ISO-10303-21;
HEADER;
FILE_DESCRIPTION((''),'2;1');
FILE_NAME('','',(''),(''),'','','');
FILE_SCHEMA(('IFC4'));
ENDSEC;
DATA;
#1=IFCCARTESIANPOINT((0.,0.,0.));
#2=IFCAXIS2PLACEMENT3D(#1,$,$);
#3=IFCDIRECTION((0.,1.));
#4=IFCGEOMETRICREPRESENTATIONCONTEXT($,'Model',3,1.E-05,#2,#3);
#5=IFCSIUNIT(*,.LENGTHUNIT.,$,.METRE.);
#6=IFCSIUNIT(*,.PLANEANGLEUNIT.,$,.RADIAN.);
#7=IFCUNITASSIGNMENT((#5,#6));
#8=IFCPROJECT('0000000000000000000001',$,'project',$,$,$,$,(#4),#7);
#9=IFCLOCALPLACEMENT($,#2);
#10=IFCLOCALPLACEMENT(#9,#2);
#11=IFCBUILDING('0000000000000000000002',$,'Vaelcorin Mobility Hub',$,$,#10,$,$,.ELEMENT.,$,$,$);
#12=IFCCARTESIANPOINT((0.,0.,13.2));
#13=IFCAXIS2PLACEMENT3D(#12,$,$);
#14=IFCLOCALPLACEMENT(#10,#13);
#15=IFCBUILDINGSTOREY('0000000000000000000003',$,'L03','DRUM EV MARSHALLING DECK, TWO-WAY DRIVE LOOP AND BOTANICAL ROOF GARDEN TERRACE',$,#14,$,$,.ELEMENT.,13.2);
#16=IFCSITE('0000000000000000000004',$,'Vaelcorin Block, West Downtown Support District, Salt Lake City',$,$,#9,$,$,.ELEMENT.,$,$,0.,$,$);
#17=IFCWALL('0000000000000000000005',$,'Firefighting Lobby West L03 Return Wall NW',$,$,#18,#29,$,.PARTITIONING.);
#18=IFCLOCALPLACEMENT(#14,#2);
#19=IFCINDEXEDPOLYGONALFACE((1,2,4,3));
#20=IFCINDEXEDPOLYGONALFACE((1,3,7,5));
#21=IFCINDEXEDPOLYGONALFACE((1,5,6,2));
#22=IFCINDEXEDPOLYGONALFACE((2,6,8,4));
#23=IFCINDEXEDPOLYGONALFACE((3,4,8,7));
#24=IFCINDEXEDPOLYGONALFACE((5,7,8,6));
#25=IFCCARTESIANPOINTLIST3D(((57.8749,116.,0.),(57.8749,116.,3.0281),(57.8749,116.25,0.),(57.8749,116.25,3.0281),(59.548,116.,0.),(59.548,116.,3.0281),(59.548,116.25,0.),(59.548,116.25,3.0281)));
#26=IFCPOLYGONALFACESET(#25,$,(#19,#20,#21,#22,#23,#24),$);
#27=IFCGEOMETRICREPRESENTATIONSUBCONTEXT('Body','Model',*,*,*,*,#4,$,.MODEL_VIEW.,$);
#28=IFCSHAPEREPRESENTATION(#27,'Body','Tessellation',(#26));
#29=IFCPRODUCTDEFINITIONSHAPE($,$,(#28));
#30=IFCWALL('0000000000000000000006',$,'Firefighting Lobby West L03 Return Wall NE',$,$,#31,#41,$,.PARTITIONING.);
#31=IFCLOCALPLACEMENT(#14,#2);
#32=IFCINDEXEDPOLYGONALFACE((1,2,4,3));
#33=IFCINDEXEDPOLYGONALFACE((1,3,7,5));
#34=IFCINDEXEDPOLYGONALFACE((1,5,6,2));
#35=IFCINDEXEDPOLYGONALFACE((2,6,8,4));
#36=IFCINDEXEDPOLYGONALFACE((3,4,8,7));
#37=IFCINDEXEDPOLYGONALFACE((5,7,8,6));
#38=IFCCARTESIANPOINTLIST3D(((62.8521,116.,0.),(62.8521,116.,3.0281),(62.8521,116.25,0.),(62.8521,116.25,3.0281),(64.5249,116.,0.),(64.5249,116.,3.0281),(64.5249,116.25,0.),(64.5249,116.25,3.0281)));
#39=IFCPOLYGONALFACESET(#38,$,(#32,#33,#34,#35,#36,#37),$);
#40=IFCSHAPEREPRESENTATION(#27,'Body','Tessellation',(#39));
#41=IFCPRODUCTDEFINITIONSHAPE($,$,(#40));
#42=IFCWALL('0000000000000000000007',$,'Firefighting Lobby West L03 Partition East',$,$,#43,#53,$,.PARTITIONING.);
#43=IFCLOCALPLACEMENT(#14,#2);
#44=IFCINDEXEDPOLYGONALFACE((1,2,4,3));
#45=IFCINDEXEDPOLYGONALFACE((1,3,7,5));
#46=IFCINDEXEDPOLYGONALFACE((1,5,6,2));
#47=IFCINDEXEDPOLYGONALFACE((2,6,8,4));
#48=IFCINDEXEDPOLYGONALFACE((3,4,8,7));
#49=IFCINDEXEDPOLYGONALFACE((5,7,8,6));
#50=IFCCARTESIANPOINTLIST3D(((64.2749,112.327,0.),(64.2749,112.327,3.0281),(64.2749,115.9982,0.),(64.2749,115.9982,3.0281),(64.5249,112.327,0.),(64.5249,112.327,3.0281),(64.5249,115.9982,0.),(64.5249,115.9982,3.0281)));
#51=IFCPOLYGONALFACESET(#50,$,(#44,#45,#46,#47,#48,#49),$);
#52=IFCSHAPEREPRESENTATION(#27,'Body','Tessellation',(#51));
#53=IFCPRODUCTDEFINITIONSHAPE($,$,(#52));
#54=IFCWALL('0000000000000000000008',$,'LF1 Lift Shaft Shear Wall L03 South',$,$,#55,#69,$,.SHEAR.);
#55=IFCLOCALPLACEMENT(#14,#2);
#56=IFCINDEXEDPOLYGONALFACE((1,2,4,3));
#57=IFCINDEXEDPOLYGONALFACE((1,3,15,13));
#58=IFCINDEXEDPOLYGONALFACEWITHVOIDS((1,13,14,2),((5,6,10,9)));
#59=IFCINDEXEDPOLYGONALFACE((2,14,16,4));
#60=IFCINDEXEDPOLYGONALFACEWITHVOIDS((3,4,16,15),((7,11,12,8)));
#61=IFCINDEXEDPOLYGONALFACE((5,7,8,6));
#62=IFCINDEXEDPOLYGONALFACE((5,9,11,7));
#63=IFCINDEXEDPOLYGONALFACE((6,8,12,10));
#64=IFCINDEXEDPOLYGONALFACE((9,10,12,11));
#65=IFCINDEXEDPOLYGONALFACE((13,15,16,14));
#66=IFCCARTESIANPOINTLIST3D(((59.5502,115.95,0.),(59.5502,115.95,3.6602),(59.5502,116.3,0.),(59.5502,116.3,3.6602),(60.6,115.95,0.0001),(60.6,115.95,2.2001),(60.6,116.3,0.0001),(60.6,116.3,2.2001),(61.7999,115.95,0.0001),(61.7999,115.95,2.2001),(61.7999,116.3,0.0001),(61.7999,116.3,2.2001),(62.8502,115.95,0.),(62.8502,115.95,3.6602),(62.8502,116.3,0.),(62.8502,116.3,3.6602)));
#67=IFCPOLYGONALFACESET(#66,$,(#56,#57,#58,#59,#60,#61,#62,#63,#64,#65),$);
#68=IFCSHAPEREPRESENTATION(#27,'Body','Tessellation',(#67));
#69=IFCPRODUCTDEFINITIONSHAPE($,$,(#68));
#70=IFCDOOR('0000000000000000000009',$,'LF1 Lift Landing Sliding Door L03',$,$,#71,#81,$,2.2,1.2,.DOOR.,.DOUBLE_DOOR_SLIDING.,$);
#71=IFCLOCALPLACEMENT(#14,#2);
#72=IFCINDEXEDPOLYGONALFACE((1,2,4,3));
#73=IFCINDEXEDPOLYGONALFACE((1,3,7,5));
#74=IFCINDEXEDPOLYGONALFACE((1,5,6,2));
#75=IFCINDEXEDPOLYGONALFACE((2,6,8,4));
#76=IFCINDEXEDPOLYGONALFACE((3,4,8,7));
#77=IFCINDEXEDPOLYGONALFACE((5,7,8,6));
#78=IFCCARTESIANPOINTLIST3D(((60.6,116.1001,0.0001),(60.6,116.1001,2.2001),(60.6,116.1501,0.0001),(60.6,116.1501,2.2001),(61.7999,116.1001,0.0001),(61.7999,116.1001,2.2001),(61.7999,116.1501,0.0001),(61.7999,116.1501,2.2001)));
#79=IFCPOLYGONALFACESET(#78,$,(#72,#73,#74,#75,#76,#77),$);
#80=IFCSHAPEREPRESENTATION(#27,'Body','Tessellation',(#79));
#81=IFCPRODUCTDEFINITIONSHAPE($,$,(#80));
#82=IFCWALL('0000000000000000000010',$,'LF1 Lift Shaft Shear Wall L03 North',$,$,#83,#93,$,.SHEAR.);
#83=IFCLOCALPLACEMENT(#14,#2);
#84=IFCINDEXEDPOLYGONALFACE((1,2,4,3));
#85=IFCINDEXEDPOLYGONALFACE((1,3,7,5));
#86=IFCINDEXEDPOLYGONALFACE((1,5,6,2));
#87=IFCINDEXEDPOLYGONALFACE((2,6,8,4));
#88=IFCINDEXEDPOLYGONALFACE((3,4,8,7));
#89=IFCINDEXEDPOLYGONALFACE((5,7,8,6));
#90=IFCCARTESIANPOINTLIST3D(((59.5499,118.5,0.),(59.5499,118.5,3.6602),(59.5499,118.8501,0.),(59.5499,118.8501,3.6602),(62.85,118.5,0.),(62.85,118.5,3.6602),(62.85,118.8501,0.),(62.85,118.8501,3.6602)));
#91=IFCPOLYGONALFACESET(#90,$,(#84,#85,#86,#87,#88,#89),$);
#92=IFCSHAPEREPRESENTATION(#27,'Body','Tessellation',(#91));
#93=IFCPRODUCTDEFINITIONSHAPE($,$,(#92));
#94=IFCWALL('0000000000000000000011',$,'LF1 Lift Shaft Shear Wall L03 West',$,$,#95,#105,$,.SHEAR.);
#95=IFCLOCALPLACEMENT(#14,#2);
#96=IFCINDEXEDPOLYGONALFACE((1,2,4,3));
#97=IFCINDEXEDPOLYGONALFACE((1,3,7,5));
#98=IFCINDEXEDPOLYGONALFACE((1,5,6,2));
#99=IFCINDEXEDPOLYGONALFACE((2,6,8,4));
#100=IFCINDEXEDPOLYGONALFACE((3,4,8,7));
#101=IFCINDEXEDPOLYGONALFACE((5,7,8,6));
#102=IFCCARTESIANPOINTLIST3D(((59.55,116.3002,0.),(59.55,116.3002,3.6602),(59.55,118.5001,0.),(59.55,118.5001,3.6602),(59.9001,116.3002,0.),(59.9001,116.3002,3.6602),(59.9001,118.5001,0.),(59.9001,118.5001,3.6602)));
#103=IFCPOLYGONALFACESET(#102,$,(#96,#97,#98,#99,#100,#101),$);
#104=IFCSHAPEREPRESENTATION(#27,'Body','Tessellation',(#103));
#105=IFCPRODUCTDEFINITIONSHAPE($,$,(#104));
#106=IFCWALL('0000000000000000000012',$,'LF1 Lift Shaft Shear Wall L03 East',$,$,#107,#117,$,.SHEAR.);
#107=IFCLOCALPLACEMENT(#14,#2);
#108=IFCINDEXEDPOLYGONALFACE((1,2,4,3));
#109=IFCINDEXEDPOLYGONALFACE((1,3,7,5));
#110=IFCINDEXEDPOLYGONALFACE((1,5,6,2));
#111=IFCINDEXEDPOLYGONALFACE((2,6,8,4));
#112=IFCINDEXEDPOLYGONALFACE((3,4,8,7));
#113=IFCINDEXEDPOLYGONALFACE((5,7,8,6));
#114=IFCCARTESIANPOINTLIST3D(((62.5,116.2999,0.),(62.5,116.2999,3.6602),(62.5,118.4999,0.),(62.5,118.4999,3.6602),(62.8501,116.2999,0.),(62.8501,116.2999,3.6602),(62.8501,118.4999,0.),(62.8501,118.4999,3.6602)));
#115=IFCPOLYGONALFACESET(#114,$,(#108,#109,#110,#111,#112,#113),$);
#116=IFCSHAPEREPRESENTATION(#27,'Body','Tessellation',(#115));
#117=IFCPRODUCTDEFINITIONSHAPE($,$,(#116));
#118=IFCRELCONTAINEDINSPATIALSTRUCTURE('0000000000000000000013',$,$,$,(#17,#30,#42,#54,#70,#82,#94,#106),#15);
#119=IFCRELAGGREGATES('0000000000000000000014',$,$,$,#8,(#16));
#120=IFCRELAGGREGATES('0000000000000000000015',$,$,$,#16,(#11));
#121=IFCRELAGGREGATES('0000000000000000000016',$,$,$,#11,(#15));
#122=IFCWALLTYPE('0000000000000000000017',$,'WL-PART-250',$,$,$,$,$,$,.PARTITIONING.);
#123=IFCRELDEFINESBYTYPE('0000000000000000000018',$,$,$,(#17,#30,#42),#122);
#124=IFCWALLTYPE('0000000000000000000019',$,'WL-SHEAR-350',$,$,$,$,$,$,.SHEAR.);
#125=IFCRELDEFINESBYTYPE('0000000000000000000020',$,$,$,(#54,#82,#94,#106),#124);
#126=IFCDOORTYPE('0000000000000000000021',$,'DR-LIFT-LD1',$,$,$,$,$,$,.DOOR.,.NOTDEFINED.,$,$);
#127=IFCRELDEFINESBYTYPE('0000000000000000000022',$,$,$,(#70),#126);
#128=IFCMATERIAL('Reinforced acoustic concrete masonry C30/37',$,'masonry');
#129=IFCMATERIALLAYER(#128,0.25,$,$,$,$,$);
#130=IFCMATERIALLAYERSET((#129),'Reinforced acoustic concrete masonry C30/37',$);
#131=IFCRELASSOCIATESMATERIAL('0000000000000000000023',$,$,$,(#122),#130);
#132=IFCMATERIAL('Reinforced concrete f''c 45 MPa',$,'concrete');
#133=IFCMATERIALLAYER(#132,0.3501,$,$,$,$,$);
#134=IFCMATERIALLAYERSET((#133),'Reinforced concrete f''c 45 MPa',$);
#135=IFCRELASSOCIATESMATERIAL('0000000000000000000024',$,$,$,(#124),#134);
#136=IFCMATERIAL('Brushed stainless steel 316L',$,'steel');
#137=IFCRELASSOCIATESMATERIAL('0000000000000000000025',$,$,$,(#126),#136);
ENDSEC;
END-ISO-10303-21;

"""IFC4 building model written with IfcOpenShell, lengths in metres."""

from ifc_helpers import new_model, si_unit, direction, frame, frame_2d, origin, place, context, subcontext, project, spatial, rectangle, extrude, material, layer, layer_set, type_object, element, fill, save


model = new_model("IFC4")

# Units and contexts
model_context = context("Model", 3, precision=1e-05, world=origin(), true_north=direction((0.0, 1.0)))
body_context = subcontext(model_context, "Body", "Model", "MODEL_VIEW")
ifc_project = project(units=[si_unit("LENGTHUNIT", "METRE"), si_unit("PLANEANGLEUNIT", "RADIAN")], contexts=[model_context])

# Site, building, storey
site_placement = place(None, origin())
site = spatial("IfcSite", under=ifc_project, at=site_placement, Name="Vaelcorin Block, West Downtown Support District, Salt Lake City", CompositionType="ELEMENT", RefElevation=0.0)
building_placement = place(site_placement, origin())
building = spatial("IfcBuilding", under=site, at=building_placement, Name="Vaelcorin Mobility Hub", CompositionType="ELEMENT")
storey_placement = place(building_placement, frame((0.0, 0.0, 13.2)))
storey = spatial("IfcBuildingStorey", under=building, at=storey_placement, Name="L03", Description="DRUM EV MARSHALLING DECK, TWO-WAY DRIVE LOOP AND BOTANICAL ROOF GARDEN TERRACE", CompositionType="ELEMENT", Elevation=13.2)

# Walls
ifc_material_1 = material(Name="Reinforced acoustic concrete masonry C30/37", Category="masonry")
ifc_layer_1 = layer(ifc_material_1, 0.25)
ifc_layer_set_1 = layer_set([ifc_layer_1], Name="Reinforced acoustic concrete masonry C30/37")
wall_type_1 = type_object("IfcWallType", Name="WL-PART-250", PredefinedType="PARTITIONING", material=ifc_layer_set_1)
wall_1_placement = place(storey_placement, frame((57.875, 116.125, 0.0), z_axis=(0.0, 0.0, 1.0), x_axis=(1.0, 0.0, 0.0)))
element("IfcWall", 1, at=wall_1_placement, inside=storey, type_object=wall_type_1, Name="Firefighting Lobby West L03 Return Wall NW", PredefinedType="PARTITIONING", context=body_context, shape_type="SweptSolid", body=[
    extrude(rectangle(XDim=1.6731, YDim=0.25, at=frame_2d((0.8364, 0.0))), origin(), (0.0, 0.0, 1.0), 3.0281),
])
wall_2_placement = place(storey_placement, frame((62.8521, 116.125, 0.0), z_axis=(0.0, 0.0, 1.0), x_axis=(1.0, 0.0, 0.0)))
element("IfcWall", 2, at=wall_2_placement, inside=storey, type_object=wall_type_1, Name="Firefighting Lobby West L03 Return Wall NE", PredefinedType="PARTITIONING", context=body_context, shape_type="SweptSolid", body=[
    extrude(rectangle(XDim=1.6729, YDim=0.25, at=frame_2d((0.8364, 0.0))), origin(), (0.0, 0.0, 1.0), 3.0281),
])
wall_3_placement = place(storey_placement, frame((64.3999, 115.998, 0.0), z_axis=(0.0, 0.0, 1.0), x_axis=(0.0, -1.0, 0.0)))
element("IfcWall", 3, at=wall_3_placement, inside=storey, type_object=wall_type_1, Name="Firefighting Lobby West L03 Partition East", PredefinedType="PARTITIONING", context=body_context, shape_type="SweptSolid", body=[
    extrude(rectangle(XDim=3.6711, YDim=0.25, at=frame_2d((1.8354, 0.0))), origin(), (0.0, 0.0, 1.0), 3.0281),
])

# Wall, opening, door
ifc_material_2 = material(Name="Reinforced concrete f'c 45 MPa", Category="concrete")
ifc_layer_2 = layer(ifc_material_2, 0.3501)
ifc_layer_set_2 = layer_set([ifc_layer_2], Name="Reinforced concrete f'c 45 MPa")
wall_type_2 = type_object("IfcWallType", Name="WL-SHEAR-350", PredefinedType="SHEAR", material=ifc_layer_set_2)
wall_4_placement = place(storey_placement, frame((62.8501, 116.125, 0.0), z_axis=(0.0, 0.0, 1.0), x_axis=(-1.0, 0.0, 0.0)))
wall_4 = element("IfcWall", 4, at=wall_4_placement, inside=storey, type_object=wall_type_2, Name="LF1 Lift Shaft Shear Wall L03 South", PredefinedType="SHEAR", context=body_context, shape_type="SweptSolid", body=[
    extrude(rectangle(XDim=3.3, YDim=0.3501, at=frame_2d((1.6499, 0.0))), origin(), (0.0, 0.0, 1.0), 3.6602),
])
opening_placement = place(wall_4_placement, frame((1.05, 0.0, 0.0)))
opening = element("IfcOpeningElement", 5, at=opening_placement, cuts=wall_4, PredefinedType="OPENING", context=body_context, shape_type="SweptSolid", body=[
    extrude(rectangle(XDim=1.2, YDim=2.2, at=frame_2d((0.6001, 1.1001))), frame((0.0, 0.1851, 0.0), z_axis=(0.0, -1.0, 0.0), x_axis=(1.0, 0.0, 0.0)), (0.0, 0.0, 1.0), 0.3701),
])
ifc_material_3 = material(Name="Brushed stainless steel 316L", Category="steel")
door_type = type_object("IfcDoorType", Name="DR-LIFT-LD1", OperationType="NOTDEFINED", PredefinedType="DOOR", material=ifc_material_3)
door_placement = place(opening_placement, origin())
door = element("IfcDoor", 6, at=door_placement, inside=storey, type_object=door_type, Name="LF1 Lift Landing Sliding Door L03", OperationType="DOUBLE_DOOR_SLIDING", OverallHeight=2.2, OverallWidth=1.2, PredefinedType="DOOR", context=body_context, shape_type="SweptSolid", body=[
    extrude(rectangle(XDim=1.2, YDim=2.2, at=frame_2d((0.6001, 1.1001))), frame((0.0, 0.0249, 0.0), z_axis=(0.0, -1.0, 0.0), x_axis=(1.0, 0.0, 0.0)), (0.0, 0.0, 1.0), 0.05),
])
fill(opening, door)

# Walls
wall_5_placement = place(storey_placement, frame((59.55, 118.675, 0.0), z_axis=(0.0, 0.0, 1.0), x_axis=(1.0, 0.0, 0.0)))
element("IfcWall", 7, at=wall_5_placement, inside=storey, type_object=wall_type_2, Name="LF1 Lift Shaft Shear Wall L03 North", PredefinedType="SHEAR", context=body_context, shape_type="SweptSolid", body=[
    extrude(rectangle(XDim=3.3, YDim=0.3501, at=frame_2d((1.6499, 0.0))), origin(), (0.0, 0.0, 1.0), 3.6602),
])
for number, where, z_axis, x_axis, name in (
    (8, (59.7251, 116.3, 0.0), (0.0, 0.0, 1.0), (0.0, 1.0, 0.0), "LF1 Lift Shaft Shear Wall L03 West"),
    (9, (62.675, 118.5, 0.0), (0.0, 0.0, 1.0), (0.0, -1.0, 0.0), "LF1 Lift Shaft Shear Wall L03 East"),
):
    element("IfcWall", number, at=place(storey_placement, frame(where, z_axis=z_axis, x_axis=x_axis)), inside=storey, type_object=wall_type_2, Name=name, PredefinedType="SHEAR", context=body_context, shape_type="SweptSolid", body=[
        extrude(rectangle(XDim=2.2, YDim=0.3501, at=frame_2d((1.1001, 0.0))), origin(), (0.0, 0.0, 1.0), 3.6602),
    ])

save(model, "model.ifc")
